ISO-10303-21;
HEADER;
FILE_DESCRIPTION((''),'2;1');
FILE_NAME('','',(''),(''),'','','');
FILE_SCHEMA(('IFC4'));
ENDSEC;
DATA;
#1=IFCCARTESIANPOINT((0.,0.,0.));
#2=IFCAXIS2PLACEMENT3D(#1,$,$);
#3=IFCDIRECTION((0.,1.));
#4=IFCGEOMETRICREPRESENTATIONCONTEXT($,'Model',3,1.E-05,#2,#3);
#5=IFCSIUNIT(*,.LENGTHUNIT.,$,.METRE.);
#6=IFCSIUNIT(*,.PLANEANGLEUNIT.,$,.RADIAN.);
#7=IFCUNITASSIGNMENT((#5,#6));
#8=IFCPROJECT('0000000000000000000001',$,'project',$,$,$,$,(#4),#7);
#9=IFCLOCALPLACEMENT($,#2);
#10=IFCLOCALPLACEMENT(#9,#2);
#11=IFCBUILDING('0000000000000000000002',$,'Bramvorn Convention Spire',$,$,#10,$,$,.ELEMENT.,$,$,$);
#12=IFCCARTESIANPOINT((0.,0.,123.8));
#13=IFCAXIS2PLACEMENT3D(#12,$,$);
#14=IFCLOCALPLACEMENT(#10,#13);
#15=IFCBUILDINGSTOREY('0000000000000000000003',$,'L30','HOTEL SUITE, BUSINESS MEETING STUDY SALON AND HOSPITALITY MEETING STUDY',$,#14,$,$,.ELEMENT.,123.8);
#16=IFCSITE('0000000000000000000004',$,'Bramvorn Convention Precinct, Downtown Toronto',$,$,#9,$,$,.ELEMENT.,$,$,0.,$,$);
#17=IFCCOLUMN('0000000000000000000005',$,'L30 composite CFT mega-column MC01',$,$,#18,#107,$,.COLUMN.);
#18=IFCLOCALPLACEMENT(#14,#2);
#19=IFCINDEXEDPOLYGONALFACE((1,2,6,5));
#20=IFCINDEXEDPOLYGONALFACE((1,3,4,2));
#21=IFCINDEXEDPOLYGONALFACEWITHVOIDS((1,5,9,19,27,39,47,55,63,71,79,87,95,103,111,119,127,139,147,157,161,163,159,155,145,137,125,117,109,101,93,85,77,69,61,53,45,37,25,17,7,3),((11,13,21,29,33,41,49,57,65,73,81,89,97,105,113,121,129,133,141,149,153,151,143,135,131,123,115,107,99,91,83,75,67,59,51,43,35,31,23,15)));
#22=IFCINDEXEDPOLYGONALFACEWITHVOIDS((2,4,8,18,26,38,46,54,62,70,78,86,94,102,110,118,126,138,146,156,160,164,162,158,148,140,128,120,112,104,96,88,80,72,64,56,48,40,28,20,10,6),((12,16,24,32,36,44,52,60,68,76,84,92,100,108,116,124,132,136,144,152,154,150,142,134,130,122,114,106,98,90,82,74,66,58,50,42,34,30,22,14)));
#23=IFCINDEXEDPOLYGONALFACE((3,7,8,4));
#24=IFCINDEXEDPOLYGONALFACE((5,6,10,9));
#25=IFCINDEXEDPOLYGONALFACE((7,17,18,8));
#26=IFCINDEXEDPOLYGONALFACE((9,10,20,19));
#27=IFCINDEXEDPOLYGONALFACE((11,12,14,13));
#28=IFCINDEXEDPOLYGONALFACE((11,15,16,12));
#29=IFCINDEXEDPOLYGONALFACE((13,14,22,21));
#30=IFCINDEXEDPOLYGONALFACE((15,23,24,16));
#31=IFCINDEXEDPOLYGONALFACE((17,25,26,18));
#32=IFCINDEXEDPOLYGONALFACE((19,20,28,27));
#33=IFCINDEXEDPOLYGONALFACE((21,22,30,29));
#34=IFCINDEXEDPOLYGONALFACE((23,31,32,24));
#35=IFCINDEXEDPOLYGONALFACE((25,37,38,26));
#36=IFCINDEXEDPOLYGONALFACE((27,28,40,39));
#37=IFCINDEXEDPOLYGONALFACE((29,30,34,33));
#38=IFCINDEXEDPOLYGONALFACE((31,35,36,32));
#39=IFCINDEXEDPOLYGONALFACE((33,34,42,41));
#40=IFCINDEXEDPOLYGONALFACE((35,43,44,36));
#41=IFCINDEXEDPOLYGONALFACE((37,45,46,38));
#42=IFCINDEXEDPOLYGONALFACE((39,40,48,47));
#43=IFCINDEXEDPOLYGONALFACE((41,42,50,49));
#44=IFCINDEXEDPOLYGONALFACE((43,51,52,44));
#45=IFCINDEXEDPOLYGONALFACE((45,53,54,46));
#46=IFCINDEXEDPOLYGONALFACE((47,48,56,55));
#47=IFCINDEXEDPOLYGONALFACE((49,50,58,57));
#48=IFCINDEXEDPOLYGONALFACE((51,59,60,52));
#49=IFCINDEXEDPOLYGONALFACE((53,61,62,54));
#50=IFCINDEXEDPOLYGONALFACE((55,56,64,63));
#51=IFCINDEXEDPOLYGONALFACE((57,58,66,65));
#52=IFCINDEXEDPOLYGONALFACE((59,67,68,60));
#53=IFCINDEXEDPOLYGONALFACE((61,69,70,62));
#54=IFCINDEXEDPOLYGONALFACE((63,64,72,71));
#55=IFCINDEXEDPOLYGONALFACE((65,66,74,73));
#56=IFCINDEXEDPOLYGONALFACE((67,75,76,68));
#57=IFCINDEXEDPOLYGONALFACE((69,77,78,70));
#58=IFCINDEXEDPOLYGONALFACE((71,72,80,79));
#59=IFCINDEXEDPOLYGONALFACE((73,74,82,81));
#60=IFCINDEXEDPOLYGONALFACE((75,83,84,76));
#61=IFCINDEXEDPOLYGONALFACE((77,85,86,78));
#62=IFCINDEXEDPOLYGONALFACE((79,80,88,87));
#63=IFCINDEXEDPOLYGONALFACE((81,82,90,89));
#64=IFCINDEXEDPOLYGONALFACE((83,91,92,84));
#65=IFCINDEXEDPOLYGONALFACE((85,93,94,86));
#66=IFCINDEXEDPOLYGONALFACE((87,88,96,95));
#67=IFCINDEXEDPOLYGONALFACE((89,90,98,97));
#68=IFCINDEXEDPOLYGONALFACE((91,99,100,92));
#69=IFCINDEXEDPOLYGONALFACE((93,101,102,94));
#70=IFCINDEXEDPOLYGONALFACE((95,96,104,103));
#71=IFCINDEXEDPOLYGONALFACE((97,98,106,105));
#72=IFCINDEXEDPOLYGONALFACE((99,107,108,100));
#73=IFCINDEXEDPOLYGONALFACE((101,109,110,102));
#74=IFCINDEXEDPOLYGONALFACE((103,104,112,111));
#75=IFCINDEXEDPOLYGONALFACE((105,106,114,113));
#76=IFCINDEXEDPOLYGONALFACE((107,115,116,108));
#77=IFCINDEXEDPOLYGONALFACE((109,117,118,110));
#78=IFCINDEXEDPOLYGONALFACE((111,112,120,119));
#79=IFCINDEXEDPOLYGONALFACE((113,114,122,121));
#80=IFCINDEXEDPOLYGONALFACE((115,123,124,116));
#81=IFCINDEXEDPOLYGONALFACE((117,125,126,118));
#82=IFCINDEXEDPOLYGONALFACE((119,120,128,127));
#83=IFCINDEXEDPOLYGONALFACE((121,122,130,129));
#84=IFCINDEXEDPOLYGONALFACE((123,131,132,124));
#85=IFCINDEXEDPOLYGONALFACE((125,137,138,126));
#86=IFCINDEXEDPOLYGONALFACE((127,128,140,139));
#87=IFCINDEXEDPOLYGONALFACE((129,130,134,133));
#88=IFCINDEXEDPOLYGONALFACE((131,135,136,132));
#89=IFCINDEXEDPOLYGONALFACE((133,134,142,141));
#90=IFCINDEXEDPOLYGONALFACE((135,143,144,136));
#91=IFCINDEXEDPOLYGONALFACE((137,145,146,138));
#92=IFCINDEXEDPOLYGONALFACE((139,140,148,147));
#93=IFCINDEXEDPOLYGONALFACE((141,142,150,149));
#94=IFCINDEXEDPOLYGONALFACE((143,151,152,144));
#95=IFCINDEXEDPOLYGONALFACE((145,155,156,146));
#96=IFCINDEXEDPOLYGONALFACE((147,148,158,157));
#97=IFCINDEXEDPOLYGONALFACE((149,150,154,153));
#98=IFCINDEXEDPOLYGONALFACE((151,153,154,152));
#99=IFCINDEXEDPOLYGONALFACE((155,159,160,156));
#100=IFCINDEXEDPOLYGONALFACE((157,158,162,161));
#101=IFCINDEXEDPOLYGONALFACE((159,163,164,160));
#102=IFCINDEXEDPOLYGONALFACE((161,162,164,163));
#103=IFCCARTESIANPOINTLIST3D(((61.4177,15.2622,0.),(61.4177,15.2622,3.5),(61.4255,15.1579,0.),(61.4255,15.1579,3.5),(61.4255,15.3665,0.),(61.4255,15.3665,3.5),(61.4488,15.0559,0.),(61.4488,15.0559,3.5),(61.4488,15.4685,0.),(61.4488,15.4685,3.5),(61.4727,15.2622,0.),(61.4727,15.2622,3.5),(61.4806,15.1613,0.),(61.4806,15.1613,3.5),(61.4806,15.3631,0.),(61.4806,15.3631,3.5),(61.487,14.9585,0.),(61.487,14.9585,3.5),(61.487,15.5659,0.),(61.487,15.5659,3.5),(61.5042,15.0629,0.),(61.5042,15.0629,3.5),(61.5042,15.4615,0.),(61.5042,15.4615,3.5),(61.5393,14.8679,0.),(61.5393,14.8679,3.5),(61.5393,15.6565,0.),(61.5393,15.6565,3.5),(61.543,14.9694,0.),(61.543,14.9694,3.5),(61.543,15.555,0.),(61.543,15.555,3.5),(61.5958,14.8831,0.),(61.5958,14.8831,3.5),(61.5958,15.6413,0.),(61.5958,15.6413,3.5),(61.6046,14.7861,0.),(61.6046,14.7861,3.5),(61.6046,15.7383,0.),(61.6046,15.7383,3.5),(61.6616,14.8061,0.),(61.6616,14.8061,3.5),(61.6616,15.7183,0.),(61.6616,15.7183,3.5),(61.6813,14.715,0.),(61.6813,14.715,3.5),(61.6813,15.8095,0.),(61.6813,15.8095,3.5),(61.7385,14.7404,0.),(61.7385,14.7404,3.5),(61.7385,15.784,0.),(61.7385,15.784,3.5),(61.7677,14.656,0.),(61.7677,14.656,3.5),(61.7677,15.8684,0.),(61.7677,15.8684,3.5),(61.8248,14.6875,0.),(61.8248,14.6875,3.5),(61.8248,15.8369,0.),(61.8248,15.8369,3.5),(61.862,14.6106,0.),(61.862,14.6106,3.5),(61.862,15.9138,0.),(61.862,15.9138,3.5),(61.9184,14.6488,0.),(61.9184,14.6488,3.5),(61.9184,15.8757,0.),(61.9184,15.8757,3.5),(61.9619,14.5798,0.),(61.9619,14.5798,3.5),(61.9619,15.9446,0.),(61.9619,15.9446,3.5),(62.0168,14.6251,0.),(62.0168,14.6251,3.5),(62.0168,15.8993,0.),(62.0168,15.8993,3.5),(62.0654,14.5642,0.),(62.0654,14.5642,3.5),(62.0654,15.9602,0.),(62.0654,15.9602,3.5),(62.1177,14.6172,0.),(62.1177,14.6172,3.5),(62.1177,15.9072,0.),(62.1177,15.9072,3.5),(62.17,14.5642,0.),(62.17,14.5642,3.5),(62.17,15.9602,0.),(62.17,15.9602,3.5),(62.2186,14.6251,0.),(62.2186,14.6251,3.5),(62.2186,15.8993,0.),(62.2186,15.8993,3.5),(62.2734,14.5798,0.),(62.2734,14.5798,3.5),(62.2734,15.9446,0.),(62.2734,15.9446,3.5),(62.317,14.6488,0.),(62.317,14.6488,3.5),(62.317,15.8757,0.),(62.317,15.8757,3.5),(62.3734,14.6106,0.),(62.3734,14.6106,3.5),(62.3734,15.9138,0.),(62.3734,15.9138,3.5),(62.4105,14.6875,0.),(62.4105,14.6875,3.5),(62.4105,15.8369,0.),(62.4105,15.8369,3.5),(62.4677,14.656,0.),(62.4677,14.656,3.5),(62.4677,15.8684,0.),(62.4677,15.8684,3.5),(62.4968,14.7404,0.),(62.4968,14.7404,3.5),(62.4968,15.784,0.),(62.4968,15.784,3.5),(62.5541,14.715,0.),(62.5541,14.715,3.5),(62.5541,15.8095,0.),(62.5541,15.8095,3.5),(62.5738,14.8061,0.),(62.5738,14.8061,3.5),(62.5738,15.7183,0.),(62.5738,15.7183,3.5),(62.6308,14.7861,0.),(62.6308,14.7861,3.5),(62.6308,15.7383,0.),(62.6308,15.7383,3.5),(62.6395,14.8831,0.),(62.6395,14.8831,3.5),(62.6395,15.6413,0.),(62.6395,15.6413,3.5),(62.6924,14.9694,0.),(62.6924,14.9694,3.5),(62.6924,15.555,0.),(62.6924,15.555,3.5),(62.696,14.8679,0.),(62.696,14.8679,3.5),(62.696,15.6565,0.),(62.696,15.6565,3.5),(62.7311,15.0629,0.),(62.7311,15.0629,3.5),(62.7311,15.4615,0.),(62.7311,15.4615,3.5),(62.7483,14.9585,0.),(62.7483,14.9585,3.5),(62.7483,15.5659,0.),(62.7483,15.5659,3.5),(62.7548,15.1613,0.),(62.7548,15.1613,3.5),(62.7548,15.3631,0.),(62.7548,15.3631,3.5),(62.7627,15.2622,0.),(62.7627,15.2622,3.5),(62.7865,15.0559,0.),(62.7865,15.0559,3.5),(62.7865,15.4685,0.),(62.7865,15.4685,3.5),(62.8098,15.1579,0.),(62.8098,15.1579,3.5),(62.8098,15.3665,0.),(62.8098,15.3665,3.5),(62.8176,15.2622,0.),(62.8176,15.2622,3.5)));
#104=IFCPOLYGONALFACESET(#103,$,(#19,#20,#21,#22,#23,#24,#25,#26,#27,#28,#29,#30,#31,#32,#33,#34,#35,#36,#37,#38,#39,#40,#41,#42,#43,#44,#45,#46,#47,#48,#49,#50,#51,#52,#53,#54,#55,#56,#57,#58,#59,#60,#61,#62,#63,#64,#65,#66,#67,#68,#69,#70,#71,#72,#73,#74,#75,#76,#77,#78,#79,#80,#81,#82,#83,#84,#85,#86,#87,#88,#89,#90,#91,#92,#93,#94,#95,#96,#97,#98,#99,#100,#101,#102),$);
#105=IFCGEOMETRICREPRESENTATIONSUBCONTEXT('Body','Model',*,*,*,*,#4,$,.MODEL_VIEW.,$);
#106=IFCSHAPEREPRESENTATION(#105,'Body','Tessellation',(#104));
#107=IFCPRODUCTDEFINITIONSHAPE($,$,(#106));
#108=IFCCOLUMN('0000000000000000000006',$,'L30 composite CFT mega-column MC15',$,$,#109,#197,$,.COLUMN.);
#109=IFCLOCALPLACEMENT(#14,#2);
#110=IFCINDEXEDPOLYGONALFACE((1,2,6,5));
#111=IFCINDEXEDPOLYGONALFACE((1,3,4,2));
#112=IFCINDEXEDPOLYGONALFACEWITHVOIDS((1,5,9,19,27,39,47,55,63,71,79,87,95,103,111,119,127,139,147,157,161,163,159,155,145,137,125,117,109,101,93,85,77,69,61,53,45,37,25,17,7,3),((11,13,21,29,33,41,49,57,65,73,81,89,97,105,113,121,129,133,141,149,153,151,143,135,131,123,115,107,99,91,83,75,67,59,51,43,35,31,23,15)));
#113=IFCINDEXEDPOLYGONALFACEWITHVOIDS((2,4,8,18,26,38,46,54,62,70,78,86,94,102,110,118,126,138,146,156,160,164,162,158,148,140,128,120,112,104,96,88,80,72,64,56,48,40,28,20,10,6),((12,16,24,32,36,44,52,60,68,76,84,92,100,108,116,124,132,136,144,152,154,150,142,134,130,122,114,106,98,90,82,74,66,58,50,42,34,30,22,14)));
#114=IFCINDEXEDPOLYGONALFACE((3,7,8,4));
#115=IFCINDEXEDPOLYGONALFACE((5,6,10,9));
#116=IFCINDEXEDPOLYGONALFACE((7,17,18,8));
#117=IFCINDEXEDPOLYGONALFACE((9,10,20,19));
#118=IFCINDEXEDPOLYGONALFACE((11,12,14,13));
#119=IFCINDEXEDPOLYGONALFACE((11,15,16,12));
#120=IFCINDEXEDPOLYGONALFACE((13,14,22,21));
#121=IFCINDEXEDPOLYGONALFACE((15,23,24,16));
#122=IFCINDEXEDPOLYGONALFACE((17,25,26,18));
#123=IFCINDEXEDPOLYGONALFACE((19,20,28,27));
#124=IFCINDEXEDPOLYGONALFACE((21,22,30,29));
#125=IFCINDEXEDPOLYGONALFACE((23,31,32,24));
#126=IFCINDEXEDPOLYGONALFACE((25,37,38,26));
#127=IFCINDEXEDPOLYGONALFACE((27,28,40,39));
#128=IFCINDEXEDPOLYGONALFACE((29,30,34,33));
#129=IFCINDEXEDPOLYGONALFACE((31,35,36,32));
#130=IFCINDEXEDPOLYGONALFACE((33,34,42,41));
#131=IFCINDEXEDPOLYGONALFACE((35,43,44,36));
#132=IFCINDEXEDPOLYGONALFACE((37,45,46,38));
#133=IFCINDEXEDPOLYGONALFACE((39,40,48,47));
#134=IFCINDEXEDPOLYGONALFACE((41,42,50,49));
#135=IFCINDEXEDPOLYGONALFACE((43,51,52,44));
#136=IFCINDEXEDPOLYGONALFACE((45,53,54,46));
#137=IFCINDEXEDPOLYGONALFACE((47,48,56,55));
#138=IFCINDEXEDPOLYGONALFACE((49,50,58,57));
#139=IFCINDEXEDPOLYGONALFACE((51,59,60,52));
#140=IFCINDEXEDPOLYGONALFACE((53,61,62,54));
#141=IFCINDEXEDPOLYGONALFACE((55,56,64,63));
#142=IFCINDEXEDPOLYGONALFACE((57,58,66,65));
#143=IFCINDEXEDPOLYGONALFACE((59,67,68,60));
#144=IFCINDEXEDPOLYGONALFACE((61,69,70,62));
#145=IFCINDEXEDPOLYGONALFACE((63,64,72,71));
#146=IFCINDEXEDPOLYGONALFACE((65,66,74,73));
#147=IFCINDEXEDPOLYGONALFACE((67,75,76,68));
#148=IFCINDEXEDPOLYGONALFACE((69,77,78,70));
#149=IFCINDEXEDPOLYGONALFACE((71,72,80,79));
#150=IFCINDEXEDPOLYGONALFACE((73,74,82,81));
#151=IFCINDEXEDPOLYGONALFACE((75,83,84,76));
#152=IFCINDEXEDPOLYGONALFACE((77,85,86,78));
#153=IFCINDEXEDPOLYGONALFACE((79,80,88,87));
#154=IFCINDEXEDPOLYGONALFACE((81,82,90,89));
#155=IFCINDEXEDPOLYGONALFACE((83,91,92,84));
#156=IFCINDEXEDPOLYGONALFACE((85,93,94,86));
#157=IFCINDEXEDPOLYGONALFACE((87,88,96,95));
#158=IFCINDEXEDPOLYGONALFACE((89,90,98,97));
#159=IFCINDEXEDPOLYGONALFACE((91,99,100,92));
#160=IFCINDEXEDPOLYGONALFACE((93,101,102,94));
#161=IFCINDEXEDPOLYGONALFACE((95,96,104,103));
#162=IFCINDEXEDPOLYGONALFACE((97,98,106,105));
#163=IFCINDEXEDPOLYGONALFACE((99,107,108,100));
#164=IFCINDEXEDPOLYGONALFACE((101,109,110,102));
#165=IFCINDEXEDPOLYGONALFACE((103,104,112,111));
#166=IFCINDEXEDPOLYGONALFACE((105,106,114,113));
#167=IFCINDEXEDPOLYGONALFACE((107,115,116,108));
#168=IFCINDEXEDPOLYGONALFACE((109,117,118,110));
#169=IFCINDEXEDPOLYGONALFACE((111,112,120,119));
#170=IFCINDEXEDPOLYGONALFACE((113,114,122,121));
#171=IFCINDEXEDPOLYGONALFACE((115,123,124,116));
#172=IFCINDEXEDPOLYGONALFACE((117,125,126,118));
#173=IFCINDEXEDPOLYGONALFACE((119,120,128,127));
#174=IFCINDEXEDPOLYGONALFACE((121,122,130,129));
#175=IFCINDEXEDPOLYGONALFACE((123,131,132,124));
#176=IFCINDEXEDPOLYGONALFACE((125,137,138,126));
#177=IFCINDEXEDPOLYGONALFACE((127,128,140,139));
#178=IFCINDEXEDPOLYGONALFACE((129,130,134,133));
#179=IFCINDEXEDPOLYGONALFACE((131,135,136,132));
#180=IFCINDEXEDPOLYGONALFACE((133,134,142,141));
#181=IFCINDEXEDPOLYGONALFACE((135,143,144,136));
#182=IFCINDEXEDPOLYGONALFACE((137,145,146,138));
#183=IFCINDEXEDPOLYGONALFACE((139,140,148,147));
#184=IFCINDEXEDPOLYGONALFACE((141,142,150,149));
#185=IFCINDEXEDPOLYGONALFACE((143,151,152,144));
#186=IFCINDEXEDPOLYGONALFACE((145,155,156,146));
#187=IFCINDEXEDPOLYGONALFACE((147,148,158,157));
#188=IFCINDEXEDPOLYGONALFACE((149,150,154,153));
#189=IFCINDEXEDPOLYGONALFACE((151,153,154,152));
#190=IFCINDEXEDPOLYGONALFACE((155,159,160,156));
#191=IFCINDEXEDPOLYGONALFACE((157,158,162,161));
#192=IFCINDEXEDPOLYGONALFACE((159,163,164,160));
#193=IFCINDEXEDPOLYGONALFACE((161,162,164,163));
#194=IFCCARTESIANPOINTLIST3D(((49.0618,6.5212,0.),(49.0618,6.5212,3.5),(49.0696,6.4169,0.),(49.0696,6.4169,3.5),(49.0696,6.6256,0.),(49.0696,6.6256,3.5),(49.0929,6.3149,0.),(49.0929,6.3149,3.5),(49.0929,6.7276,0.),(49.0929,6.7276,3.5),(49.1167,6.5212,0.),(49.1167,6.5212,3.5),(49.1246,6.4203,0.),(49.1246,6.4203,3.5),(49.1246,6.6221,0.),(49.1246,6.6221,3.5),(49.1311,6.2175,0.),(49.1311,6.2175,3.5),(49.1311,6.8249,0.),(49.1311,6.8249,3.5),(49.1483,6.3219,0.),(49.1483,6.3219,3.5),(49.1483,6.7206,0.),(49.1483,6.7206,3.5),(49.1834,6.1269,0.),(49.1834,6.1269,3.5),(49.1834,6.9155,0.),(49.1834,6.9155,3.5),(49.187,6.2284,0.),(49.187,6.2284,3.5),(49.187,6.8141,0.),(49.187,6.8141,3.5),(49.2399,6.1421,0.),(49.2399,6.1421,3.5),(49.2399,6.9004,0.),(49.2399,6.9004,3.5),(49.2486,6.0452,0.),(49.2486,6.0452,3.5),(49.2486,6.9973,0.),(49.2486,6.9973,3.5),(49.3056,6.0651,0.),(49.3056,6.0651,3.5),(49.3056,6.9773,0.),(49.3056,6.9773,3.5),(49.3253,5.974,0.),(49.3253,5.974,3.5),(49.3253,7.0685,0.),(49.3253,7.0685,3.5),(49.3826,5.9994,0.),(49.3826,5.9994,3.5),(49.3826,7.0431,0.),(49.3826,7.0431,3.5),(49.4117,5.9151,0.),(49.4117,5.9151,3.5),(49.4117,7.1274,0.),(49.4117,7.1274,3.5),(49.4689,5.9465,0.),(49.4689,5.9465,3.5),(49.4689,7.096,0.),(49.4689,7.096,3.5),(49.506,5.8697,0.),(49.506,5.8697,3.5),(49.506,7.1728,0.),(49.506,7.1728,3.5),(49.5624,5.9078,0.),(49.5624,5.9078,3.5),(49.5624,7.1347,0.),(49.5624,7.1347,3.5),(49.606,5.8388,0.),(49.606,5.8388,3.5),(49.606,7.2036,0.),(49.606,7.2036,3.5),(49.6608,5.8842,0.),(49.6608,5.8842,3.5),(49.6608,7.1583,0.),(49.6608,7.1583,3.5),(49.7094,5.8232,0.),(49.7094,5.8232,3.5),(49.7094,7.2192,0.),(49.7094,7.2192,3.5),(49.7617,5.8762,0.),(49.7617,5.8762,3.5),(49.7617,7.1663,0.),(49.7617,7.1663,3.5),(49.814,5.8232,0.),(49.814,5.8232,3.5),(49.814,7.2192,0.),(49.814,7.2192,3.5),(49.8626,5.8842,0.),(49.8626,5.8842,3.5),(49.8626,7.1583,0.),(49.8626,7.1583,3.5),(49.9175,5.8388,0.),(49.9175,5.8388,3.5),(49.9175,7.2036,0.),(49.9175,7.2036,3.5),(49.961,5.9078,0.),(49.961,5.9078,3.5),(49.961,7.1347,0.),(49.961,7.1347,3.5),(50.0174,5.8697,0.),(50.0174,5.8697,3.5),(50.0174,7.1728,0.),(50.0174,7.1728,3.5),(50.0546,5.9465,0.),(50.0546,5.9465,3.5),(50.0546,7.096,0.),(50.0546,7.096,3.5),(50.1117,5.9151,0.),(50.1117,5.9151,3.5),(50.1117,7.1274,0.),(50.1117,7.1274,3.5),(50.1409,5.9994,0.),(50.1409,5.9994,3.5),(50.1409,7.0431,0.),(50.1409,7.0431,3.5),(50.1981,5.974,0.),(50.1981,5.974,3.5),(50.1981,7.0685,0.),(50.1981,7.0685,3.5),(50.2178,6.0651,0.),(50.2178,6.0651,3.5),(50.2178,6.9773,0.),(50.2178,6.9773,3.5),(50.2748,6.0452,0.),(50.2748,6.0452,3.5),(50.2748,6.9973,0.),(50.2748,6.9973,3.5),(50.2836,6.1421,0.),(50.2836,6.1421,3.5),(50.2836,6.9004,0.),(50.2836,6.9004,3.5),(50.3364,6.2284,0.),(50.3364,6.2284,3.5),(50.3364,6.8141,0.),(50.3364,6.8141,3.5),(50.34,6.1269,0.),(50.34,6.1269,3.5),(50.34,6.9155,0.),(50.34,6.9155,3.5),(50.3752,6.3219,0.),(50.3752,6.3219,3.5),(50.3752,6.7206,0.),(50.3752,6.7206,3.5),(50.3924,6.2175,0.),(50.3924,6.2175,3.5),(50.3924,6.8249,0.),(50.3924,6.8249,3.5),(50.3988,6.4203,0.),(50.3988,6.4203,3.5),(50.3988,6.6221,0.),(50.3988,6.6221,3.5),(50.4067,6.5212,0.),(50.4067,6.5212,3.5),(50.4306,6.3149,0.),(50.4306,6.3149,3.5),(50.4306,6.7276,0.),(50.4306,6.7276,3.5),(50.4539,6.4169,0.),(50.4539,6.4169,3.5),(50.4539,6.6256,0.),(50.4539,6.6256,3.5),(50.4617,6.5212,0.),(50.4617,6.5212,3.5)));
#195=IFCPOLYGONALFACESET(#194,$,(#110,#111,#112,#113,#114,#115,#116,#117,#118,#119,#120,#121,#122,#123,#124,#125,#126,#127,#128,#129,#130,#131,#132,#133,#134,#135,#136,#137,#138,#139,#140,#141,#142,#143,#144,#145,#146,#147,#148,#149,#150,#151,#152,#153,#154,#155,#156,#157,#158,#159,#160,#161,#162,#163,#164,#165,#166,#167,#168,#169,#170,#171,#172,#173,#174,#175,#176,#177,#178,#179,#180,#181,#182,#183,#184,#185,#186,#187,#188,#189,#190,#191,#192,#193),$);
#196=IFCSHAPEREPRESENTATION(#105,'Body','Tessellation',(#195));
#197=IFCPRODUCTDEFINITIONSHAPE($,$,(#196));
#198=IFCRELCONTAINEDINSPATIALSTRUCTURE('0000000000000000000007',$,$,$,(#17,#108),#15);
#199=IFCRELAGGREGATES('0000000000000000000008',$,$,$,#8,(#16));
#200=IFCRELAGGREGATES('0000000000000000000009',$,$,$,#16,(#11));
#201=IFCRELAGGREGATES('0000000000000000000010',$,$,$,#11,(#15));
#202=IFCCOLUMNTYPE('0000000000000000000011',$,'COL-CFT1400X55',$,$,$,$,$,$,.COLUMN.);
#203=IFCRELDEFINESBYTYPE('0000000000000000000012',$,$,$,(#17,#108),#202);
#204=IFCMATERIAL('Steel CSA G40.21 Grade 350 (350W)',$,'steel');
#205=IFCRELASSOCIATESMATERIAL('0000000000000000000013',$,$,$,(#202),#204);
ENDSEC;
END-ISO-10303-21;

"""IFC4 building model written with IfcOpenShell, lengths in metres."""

from ifc_helpers import new_model, si_unit, direction, frame, origin, origin_2d, place, context, subcontext, project, spatial, hollow_circle, extrude, material, material_profile, profile_set, type_object, element, save


model = new_model("IFC4")

# Units and contexts
model_context = context("Model", 3, precision=1e-05, world=origin(), true_north=direction((0.0, 1.0)))
body_context = subcontext(model_context, "Body", "Model", "MODEL_VIEW")
ifc_project = project(units=[si_unit("LENGTHUNIT", "METRE"), si_unit("PLANEANGLEUNIT", "RADIAN")], contexts=[model_context])

# Site, building, storey
site_placement = place(None, origin())
site = spatial("IfcSite", under=ifc_project, at=site_placement, Name="Bramvorn Convention Precinct, Downtown Toronto", CompositionType="ELEMENT", RefElevation=0.0)
building_placement = place(site_placement, origin())
building = spatial("IfcBuilding", under=site, at=building_placement, Name="Bramvorn Convention Spire", CompositionType="ELEMENT")
storey_placement = place(building_placement, frame((0.0, 0.0, 123.8)))
storey = spatial("IfcBuildingStorey", under=building, at=storey_placement, Name="L30", Description="HOTEL SUITE, BUSINESS MEETING STUDY SALON AND HOSPITALITY MEETING STUDY", CompositionType="ELEMENT", Elevation=123.8)

# Columns
ifc_material_1 = material(Name="Steel CSA G40.21 Grade 350 (350W)", Category="steel")
ifc_material_profile_1 = material_profile(ifc_material_1, hollow_circle(Radius=0.7, WallThickness=0.0549, at=origin_2d()))
ifc_profile_set_1 = profile_set([ifc_material_profile_1], Name="Steel CSA G40.21 Grade 350 (350W) - CFT1400X55")
column_type = type_object("IfcColumnType", Name="COL-CFT1400X55", PredefinedType="COLUMN", material=ifc_profile_set_1)
for number, where, z_axis, x_axis, name in (
    (1, (62.1177, 15.2622, 0.0), (0.0, 0.0, 1.0), (1.0, 0.0, 0.0), "L30 composite CFT mega-column MC01"),
    (2, (49.7617, 6.5212, 0.0), (0.0, 0.0, 1.0), (1.0, 0.0, 0.0), "L30 composite CFT mega-column MC15"),
):
    element("IfcColumn", number, at=place(storey_placement, frame(where, z_axis=z_axis, x_axis=x_axis)), inside=storey, type_object=column_type, Name=name, PredefinedType="COLUMN", context=body_context, shape_type="SweptSolid", body=[
        extrude(hollow_circle(Radius=0.7, WallThickness=0.0549, at=origin_2d()), origin(), (0.0, 0.0, 1.0), 3.5),
    ])

save(model, "model.ifc")
